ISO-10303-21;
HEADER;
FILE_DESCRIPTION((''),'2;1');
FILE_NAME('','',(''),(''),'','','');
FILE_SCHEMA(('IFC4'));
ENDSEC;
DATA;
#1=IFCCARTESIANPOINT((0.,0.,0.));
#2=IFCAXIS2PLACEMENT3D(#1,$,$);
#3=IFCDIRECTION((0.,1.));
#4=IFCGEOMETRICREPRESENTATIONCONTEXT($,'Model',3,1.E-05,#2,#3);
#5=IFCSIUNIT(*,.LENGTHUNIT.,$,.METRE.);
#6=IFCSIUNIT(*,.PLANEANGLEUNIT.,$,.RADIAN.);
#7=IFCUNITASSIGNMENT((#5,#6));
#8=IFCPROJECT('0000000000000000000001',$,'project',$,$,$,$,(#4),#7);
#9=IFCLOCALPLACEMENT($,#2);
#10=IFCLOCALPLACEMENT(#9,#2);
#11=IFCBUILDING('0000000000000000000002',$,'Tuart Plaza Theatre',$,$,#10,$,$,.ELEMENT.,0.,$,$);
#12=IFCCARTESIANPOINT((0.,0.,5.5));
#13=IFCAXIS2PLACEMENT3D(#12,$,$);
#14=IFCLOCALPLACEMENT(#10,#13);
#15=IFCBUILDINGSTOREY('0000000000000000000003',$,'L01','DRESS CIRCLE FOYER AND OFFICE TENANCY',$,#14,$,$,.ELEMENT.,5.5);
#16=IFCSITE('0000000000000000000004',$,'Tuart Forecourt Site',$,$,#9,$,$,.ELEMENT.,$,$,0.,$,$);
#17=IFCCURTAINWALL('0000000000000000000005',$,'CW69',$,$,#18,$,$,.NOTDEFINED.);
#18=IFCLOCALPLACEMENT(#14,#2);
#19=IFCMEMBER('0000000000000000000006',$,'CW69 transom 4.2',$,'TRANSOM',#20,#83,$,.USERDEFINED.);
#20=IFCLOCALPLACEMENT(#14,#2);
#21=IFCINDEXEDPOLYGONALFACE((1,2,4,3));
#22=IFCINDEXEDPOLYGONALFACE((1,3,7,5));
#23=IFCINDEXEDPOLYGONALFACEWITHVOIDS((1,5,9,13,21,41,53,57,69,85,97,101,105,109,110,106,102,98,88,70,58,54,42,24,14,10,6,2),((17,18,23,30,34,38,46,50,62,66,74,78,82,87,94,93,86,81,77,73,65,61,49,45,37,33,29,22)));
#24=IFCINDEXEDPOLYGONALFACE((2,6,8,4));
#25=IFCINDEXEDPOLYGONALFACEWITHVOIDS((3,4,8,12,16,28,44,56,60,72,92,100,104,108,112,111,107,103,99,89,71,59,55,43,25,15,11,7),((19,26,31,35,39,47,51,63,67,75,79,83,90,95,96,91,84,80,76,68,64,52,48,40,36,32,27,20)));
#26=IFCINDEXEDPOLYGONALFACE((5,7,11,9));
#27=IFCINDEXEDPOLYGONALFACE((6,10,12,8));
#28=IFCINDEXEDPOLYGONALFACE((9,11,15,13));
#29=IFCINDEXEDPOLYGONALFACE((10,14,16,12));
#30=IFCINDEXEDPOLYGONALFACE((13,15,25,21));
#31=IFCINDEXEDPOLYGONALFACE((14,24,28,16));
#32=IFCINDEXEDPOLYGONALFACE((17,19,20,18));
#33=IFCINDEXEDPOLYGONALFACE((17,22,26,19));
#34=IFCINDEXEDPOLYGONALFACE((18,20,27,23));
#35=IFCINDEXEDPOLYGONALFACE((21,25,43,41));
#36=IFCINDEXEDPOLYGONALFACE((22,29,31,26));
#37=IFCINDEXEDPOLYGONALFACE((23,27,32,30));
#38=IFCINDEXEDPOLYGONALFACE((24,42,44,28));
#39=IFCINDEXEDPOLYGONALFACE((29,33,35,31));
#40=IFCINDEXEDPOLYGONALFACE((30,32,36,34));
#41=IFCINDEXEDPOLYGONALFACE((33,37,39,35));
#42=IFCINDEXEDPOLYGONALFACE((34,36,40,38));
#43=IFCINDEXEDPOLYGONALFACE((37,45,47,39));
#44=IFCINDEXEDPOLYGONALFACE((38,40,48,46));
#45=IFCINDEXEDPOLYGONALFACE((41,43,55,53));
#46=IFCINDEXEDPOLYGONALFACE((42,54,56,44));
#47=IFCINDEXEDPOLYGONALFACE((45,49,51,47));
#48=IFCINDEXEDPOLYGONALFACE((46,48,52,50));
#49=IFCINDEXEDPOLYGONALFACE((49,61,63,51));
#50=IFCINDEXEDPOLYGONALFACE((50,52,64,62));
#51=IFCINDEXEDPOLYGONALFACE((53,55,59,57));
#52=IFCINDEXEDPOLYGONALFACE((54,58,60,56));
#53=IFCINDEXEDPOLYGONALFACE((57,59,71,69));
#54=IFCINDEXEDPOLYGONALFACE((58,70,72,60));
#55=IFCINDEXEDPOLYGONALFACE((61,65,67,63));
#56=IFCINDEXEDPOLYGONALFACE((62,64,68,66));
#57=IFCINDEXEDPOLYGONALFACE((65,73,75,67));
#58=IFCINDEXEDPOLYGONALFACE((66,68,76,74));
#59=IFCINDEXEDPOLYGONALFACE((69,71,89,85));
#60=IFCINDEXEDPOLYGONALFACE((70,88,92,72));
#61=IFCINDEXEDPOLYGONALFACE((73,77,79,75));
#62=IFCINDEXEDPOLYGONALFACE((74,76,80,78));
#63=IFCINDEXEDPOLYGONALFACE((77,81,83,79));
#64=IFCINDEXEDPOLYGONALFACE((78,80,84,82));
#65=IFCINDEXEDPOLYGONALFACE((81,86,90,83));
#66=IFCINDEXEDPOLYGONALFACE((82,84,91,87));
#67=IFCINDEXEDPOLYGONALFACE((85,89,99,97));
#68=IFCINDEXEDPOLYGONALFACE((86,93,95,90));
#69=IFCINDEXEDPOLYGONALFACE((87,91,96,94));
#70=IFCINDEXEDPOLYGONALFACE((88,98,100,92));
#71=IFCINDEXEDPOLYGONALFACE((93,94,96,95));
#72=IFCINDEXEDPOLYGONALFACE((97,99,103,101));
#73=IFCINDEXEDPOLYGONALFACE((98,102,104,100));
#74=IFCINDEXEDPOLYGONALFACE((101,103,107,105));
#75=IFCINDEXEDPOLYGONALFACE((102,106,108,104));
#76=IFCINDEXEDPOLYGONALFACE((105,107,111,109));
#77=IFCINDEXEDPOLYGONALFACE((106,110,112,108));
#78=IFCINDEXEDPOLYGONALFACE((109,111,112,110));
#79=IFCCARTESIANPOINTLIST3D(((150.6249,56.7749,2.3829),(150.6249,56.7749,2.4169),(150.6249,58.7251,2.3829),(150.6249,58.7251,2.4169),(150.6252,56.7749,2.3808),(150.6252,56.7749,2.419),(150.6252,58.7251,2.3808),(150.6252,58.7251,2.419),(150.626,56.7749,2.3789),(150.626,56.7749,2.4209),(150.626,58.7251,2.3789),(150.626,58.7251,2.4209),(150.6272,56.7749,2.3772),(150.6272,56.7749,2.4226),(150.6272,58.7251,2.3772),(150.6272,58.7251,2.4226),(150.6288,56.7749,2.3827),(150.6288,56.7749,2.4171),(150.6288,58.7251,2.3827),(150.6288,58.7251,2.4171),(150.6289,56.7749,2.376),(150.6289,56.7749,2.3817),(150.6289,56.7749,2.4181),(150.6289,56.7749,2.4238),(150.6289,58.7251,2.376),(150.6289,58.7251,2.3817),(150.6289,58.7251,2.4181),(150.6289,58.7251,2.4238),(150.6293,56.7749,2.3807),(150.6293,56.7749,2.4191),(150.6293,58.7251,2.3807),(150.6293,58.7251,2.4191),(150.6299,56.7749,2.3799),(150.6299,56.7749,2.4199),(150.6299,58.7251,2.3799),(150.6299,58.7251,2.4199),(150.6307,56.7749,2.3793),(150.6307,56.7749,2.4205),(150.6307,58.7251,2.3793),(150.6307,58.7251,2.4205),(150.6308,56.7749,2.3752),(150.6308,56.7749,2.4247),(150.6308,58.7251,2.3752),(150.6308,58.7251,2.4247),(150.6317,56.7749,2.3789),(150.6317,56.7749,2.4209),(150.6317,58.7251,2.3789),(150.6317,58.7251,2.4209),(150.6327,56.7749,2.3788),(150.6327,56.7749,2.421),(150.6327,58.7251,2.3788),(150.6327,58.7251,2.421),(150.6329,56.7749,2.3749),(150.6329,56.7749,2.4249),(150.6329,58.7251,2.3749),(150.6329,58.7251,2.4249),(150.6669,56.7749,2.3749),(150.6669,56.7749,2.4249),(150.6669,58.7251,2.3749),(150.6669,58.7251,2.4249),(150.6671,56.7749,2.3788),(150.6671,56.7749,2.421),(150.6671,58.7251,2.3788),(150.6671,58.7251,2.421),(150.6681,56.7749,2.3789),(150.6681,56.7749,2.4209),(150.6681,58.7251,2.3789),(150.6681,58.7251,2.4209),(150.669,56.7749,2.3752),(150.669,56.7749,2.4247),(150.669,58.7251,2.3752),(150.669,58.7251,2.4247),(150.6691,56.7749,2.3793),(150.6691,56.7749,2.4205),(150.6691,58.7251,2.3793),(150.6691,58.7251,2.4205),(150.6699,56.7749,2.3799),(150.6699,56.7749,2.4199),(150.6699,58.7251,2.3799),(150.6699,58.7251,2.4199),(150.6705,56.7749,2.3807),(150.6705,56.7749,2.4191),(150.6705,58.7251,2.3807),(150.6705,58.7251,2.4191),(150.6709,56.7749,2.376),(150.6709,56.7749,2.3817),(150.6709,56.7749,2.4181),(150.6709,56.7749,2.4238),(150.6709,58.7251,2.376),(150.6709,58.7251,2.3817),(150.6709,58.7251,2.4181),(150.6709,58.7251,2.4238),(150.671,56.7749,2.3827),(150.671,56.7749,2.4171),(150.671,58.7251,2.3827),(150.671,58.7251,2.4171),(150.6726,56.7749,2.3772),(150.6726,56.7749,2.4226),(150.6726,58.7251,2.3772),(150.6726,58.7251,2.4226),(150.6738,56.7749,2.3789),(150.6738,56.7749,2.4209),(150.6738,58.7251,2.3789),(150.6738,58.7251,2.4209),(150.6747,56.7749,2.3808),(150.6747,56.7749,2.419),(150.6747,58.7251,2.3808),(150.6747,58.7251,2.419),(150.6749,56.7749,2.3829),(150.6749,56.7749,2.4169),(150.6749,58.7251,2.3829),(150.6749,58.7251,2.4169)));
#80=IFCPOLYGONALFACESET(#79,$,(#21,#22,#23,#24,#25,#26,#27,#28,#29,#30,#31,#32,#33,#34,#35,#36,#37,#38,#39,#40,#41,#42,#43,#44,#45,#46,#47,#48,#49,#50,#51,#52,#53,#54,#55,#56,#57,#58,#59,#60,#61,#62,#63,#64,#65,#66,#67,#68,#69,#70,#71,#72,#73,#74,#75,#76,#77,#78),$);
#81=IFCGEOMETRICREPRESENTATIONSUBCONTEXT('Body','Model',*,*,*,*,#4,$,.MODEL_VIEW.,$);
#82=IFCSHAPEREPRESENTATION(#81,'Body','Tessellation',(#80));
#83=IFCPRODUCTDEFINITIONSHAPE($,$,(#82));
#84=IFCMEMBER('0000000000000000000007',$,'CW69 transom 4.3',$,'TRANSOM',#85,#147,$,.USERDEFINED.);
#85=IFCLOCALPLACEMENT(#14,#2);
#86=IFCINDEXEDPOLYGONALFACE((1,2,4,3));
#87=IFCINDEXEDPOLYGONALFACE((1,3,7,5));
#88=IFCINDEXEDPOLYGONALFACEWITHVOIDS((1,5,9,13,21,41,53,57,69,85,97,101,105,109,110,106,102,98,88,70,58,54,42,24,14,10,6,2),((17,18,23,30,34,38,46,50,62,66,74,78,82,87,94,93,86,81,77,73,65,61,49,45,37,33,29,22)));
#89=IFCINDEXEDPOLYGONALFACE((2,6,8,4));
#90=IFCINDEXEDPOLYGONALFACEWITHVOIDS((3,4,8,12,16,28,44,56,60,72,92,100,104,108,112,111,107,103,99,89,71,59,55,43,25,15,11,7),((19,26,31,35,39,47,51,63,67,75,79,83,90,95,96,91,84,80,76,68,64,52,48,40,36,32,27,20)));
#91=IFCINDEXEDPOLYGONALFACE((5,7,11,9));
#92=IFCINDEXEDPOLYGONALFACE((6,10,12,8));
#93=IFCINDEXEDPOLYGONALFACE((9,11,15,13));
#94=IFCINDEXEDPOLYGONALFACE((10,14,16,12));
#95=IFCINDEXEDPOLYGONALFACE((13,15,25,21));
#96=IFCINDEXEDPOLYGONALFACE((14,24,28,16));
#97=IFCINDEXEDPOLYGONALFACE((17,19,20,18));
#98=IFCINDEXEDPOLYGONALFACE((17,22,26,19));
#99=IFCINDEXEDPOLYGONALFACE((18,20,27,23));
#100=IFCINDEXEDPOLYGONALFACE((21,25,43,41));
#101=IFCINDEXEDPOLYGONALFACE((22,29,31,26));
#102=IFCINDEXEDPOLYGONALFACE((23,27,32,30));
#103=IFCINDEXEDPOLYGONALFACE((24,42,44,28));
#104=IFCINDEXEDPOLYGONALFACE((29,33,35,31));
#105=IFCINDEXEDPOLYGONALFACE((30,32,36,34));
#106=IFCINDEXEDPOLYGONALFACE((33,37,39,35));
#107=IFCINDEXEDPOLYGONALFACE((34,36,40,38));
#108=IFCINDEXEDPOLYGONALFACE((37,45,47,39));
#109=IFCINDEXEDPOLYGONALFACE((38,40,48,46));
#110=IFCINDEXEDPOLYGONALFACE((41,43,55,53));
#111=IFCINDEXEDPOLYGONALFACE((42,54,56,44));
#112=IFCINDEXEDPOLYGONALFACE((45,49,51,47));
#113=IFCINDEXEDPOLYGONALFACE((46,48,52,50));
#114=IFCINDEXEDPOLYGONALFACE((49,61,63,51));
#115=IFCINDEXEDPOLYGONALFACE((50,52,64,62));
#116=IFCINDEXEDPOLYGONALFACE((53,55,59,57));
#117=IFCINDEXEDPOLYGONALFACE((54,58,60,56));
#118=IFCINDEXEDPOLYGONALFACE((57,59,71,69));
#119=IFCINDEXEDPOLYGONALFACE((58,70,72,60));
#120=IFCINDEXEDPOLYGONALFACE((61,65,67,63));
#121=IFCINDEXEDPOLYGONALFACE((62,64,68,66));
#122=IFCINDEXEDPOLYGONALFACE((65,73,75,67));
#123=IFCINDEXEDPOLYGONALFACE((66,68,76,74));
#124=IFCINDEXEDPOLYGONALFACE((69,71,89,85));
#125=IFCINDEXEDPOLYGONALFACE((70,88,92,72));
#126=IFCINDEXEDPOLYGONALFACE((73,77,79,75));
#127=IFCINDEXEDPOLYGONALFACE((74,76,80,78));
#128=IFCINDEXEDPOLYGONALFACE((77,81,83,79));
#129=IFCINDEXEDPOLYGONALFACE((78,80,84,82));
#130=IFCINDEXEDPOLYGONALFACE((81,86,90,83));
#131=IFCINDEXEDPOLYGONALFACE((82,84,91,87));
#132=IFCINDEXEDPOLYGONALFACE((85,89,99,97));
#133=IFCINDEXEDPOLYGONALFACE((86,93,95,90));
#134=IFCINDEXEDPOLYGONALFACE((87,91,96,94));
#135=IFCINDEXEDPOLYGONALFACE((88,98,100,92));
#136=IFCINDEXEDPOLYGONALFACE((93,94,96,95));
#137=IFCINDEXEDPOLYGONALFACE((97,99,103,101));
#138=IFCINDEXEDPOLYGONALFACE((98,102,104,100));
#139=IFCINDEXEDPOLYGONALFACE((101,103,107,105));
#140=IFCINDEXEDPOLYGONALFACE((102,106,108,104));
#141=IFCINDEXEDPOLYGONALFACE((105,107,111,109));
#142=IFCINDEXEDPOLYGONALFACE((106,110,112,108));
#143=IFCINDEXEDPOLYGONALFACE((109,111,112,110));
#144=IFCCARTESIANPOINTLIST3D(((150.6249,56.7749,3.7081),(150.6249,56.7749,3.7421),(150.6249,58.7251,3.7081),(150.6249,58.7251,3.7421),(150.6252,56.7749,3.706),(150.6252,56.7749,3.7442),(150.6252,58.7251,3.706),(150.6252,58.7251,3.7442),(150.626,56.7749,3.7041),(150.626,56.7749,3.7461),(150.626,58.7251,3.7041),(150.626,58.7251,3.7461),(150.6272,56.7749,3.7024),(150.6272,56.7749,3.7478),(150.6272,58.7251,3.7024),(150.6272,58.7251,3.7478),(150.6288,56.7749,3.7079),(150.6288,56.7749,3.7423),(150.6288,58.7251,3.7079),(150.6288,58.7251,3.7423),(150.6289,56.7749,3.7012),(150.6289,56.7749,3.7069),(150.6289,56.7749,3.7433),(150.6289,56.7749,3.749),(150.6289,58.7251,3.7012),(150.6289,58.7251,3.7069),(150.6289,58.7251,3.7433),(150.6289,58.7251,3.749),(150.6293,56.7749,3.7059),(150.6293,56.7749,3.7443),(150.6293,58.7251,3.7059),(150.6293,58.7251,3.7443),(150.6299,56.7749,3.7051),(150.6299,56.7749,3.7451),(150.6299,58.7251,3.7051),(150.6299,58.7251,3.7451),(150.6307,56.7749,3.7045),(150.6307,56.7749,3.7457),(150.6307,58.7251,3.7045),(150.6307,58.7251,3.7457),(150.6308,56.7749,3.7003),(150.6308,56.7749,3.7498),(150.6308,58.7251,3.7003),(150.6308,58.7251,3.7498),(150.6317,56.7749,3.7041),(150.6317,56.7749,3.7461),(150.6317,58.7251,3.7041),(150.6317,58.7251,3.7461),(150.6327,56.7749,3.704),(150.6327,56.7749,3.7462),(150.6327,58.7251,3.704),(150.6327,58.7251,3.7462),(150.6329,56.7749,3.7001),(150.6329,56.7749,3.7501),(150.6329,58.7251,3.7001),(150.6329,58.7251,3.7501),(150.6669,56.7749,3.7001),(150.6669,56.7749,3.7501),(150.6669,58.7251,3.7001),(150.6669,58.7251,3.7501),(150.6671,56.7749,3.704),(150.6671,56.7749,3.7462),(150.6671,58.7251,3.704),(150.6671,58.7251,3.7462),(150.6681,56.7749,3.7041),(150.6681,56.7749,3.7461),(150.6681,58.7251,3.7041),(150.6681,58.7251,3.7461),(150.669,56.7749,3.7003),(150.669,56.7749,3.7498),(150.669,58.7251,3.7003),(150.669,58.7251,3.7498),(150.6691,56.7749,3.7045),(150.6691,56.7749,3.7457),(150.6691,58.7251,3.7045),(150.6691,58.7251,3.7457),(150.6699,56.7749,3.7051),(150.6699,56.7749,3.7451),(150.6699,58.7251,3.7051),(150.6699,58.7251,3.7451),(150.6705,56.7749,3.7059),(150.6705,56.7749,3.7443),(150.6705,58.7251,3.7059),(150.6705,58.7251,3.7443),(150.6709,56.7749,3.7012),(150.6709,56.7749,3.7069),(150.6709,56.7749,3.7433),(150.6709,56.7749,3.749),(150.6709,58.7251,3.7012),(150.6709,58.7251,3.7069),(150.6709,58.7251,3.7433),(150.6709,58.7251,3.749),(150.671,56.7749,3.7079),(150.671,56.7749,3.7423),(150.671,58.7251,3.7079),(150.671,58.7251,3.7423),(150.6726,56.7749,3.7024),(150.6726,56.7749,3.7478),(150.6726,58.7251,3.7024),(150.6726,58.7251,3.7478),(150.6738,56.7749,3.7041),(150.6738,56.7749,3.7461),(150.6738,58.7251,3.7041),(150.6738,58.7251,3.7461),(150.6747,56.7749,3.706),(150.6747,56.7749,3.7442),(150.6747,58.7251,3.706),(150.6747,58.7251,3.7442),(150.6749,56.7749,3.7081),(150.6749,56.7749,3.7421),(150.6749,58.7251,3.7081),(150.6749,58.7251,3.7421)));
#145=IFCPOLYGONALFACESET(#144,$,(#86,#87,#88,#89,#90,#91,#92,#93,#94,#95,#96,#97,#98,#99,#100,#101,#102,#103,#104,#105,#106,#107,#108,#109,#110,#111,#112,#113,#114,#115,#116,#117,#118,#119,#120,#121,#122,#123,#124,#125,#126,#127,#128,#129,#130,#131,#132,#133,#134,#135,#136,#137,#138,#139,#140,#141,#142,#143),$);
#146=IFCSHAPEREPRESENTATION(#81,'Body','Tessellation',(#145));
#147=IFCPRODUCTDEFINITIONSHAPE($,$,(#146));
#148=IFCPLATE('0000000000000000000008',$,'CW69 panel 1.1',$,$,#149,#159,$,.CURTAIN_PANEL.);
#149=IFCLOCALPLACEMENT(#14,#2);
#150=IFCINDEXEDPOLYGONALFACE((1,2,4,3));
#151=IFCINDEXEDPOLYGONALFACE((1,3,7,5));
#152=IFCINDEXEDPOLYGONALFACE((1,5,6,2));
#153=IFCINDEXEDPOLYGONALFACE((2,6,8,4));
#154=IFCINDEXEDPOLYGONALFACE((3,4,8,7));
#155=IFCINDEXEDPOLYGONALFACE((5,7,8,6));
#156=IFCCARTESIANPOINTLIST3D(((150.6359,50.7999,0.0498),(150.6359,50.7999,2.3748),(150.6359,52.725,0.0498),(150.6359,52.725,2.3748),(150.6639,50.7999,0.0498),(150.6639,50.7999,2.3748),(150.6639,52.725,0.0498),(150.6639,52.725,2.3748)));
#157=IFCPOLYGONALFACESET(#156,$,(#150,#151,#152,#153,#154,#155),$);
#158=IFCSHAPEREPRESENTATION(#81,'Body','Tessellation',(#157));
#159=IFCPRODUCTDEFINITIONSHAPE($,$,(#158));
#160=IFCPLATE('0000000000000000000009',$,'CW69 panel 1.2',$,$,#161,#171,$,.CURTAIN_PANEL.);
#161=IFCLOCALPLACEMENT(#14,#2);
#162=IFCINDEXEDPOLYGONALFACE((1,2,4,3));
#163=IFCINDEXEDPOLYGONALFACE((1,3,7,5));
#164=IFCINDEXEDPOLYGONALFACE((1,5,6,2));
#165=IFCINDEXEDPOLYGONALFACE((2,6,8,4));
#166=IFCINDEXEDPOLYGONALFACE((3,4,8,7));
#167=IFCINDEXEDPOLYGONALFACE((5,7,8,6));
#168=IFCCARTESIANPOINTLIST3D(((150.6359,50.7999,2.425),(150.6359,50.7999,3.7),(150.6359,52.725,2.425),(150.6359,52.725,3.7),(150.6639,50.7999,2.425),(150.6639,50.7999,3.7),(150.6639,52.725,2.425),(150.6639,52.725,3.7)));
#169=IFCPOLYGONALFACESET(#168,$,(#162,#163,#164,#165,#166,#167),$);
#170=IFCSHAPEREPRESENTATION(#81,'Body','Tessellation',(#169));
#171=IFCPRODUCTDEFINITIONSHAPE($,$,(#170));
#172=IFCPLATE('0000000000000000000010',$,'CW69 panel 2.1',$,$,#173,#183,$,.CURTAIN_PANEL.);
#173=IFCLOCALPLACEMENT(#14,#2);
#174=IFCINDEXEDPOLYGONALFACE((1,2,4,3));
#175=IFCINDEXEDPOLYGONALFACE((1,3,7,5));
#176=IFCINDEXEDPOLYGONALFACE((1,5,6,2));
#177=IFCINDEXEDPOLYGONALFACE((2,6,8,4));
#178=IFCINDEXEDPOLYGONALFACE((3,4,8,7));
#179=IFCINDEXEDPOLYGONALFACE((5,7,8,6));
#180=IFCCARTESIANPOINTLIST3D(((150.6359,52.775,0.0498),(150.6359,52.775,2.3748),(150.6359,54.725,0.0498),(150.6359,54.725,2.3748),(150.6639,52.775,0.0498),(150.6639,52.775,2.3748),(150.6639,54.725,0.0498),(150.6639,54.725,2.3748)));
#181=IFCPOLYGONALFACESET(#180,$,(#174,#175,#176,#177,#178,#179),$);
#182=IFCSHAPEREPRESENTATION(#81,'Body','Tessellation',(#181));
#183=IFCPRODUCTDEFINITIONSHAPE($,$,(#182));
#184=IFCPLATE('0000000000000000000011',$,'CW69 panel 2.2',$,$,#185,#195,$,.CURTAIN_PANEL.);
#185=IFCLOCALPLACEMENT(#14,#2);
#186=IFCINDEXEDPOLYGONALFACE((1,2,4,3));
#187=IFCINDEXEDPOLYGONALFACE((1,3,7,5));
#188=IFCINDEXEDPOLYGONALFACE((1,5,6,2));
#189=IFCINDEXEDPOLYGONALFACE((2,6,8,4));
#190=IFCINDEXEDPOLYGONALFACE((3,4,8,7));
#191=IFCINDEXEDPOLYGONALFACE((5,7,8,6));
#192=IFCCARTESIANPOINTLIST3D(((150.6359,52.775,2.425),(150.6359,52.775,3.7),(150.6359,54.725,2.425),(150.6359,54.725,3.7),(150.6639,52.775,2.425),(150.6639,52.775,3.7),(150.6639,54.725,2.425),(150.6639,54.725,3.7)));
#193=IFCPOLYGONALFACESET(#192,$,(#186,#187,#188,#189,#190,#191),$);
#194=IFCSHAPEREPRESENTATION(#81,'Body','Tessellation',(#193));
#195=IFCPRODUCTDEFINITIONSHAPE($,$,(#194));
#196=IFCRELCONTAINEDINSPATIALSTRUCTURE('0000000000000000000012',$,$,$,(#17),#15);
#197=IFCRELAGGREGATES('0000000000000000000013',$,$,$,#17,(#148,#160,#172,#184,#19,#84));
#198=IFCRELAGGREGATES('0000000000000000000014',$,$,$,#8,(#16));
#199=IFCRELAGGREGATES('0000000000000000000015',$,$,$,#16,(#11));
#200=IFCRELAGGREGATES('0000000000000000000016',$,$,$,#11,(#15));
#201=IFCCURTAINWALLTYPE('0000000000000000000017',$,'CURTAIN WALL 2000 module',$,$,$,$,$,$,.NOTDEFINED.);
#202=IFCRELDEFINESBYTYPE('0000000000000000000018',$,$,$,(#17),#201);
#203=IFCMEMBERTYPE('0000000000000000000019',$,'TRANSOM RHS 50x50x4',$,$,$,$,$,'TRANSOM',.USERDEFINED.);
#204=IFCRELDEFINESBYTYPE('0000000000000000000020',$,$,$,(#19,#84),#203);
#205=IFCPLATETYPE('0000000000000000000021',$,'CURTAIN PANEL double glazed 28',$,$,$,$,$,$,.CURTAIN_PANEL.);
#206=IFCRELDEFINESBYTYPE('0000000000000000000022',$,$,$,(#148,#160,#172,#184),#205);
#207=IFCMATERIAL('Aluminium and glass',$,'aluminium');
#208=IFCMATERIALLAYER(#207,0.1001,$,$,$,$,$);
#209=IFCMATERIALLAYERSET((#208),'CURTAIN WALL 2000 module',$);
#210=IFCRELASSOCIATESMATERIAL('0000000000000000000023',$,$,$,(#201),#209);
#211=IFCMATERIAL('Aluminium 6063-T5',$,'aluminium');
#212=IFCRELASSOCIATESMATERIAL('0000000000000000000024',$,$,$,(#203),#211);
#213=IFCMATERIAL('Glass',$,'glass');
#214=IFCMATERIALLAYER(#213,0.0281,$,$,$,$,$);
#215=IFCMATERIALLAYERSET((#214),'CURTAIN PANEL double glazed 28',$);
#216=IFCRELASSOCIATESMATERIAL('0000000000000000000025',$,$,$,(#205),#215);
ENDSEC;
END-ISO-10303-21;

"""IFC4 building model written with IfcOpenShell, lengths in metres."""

from ifc_helpers import new_model, si_unit, direction, frame, origin, origin_2d, place, context, subcontext, project, spatial, rectangle, hollow_rectangle, extrude, material, layer, layer_set, material_profile, profile_set, type_object, element, aggregate, save


model = new_model("IFC4")

# Units and contexts
model_context = context("Model", 3, precision=1e-05, world=origin(), true_north=direction((0.0, 1.0)))
body_context = subcontext(model_context, "Body", "Model", "MODEL_VIEW")
ifc_project = project(units=[si_unit("LENGTHUNIT", "METRE"), si_unit("PLANEANGLEUNIT", "RADIAN")], contexts=[model_context])

# Site, building, storey
site_placement = place(None, origin())
site = spatial("IfcSite", under=ifc_project, at=site_placement, Name="Tuart Forecourt Site", CompositionType="ELEMENT", RefElevation=0.0)
building_placement = place(site_placement, origin())
building = spatial("IfcBuilding", under=site, at=building_placement, Name="Tuart Plaza Theatre", CompositionType="ELEMENT", ElevationOfRefHeight=0.0)
storey_placement = place(building_placement, frame((0.0, 0.0, 5.5)))
storey = spatial("IfcBuildingStorey", under=building, at=storey_placement, Name="L01", Description="DRESS CIRCLE FOYER AND OFFICE TENANCY", CompositionType="ELEMENT", Elevation=5.5)

# Curtain wall, members, plates
ifc_material_1 = material(Name="Aluminium and glass", Category="aluminium")
ifc_layer_1 = layer(ifc_material_1, 0.1001)
ifc_layer_set_1 = layer_set([ifc_layer_1], Name="CURTAIN WALL 2000 module")
curtain_wall_type = type_object("IfcCurtainWallType", Name="CURTAIN WALL 2000 module", PredefinedType="NOTDEFINED", material=ifc_layer_set_1)
curtain_wall_placement = place(storey_placement, origin())
curtain_wall = element("IfcCurtainWall", 1, at=curtain_wall_placement, inside=storey, type_object=curtain_wall_type, Name="CW69", PredefinedType="NOTDEFINED")
ifc_material_2 = material(Name="Aluminium 6063-T5", Category="aluminium")
ifc_material_profile_1 = material_profile(ifc_material_2, hollow_rectangle(XDim=0.05, YDim=0.05, WallThickness=0.0039, InnerFilletRadius=0.0039, OuterFilletRadius=0.0081, at=origin_2d()), Name="RHS 50x50x4")
ifc_profile_set_1 = profile_set([ifc_material_profile_1], Name="Aluminium 6063-T5")
member_type_1 = type_object("IfcMemberType", Name="TRANSOM RHS 50x50x4", ElementType="TRANSOM", PredefinedType="USERDEFINED", material=ifc_profile_set_1)
member_1_placement = place(storey_placement, frame((150.6499, 56.7749, 2.3999), z_axis=(0.0, 1.0, 0.0), x_axis=(-1.0, 0.0, 0.0)))
member_1 = element("IfcMember", 2, at=member_1_placement, type_object=member_type_1, Name="CW69 transom 4.2", ObjectType="TRANSOM", PredefinedType="USERDEFINED", context=body_context, shape_type="SweptSolid", body=[
    extrude(hollow_rectangle(XDim=0.05, YDim=0.05, WallThickness=0.0039, InnerFilletRadius=0.0039, OuterFilletRadius=0.0081, at=origin_2d()), origin(), (0.0, 0.0, 1.0), 1.9502),
])
member_2_placement = place(storey_placement, frame((150.6499, 56.7749, 3.7251), z_axis=(0.0, 1.0, 0.0), x_axis=(-1.0, 0.0, 0.0)))
member_2 = element("IfcMember", 3, at=member_2_placement, type_object=member_type_1, Name="CW69 transom 4.3", ObjectType="TRANSOM", PredefinedType="USERDEFINED", context=body_context, shape_type="SweptSolid", body=[
    extrude(hollow_rectangle(XDim=0.05, YDim=0.05, WallThickness=0.0039, InnerFilletRadius=0.0039, OuterFilletRadius=0.0081, at=origin_2d()), origin(), (0.0, 0.0, 1.0), 1.9502),
])
ifc_material_3 = material(Name="Glass", Category="glass")
ifc_layer_2 = layer(ifc_material_3, 0.0281)
ifc_layer_set_2 = layer_set([ifc_layer_2], Name="CURTAIN PANEL double glazed 28")
plate_type = type_object("IfcPlateType", Name="CURTAIN PANEL double glazed 28", PredefinedType="CURTAIN_PANEL", material=ifc_layer_set_2)
plate_1_placement = place(storey_placement, frame((150.6499, 51.7625, 0.0498), z_axis=(0.0, 0.0, 1.0), x_axis=(0.0, 1.0, 0.0)))
plate_1 = element("IfcPlate", 4, at=plate_1_placement, type_object=plate_type, Name="CW69 panel 1.1", PredefinedType="CURTAIN_PANEL", context=body_context, shape_type="SweptSolid", body=[
    extrude(rectangle(XDim=1.925, YDim=0.0281, at=origin_2d()), origin(), (0.0, 0.0, 1.0), 2.325),
])
plate_2_placement = place(storey_placement, frame((150.6499, 51.7625, 2.425), z_axis=(0.0, 0.0, 1.0), x_axis=(0.0, 1.0, 0.0)))
plate_2 = element("IfcPlate", 5, at=plate_2_placement, type_object=plate_type, Name="CW69 panel 1.2", PredefinedType="CURTAIN_PANEL", context=body_context, shape_type="SweptSolid", body=[
    extrude(rectangle(XDim=1.925, YDim=0.0281, at=origin_2d()), origin(), (0.0, 0.0, 1.0), 1.2749),
])
plate_3_placement = place(storey_placement, frame((150.6499, 53.75, 0.0498), z_axis=(0.0, 0.0, 1.0), x_axis=(0.0, 1.0, 0.0)))
plate_3 = element("IfcPlate", 6, at=plate_3_placement, type_object=plate_type, Name="CW69 panel 2.1", PredefinedType="CURTAIN_PANEL", context=body_context, shape_type="SweptSolid", body=[
    extrude(rectangle(XDim=1.95, YDim=0.0281, at=origin_2d()), origin(), (0.0, 0.0, 1.0), 2.325),
])
plate_4_placement = place(storey_placement, frame((150.6499, 53.75, 2.425), z_axis=(0.0, 0.0, 1.0), x_axis=(0.0, 1.0, 0.0)))
plate_4 = element("IfcPlate", 7, at=plate_4_placement, type_object=plate_type, Name="CW69 panel 2.2", PredefinedType="CURTAIN_PANEL", context=body_context, shape_type="SweptSolid", body=[
    extrude(rectangle(XDim=1.95, YDim=0.0281, at=origin_2d()), origin(), (0.0, 0.0, 1.0), 1.2749),
])
aggregate(curtain_wall, [plate_1, plate_2, plate_3, plate_4, member_1, member_2])

save(model, "model.ifc")
